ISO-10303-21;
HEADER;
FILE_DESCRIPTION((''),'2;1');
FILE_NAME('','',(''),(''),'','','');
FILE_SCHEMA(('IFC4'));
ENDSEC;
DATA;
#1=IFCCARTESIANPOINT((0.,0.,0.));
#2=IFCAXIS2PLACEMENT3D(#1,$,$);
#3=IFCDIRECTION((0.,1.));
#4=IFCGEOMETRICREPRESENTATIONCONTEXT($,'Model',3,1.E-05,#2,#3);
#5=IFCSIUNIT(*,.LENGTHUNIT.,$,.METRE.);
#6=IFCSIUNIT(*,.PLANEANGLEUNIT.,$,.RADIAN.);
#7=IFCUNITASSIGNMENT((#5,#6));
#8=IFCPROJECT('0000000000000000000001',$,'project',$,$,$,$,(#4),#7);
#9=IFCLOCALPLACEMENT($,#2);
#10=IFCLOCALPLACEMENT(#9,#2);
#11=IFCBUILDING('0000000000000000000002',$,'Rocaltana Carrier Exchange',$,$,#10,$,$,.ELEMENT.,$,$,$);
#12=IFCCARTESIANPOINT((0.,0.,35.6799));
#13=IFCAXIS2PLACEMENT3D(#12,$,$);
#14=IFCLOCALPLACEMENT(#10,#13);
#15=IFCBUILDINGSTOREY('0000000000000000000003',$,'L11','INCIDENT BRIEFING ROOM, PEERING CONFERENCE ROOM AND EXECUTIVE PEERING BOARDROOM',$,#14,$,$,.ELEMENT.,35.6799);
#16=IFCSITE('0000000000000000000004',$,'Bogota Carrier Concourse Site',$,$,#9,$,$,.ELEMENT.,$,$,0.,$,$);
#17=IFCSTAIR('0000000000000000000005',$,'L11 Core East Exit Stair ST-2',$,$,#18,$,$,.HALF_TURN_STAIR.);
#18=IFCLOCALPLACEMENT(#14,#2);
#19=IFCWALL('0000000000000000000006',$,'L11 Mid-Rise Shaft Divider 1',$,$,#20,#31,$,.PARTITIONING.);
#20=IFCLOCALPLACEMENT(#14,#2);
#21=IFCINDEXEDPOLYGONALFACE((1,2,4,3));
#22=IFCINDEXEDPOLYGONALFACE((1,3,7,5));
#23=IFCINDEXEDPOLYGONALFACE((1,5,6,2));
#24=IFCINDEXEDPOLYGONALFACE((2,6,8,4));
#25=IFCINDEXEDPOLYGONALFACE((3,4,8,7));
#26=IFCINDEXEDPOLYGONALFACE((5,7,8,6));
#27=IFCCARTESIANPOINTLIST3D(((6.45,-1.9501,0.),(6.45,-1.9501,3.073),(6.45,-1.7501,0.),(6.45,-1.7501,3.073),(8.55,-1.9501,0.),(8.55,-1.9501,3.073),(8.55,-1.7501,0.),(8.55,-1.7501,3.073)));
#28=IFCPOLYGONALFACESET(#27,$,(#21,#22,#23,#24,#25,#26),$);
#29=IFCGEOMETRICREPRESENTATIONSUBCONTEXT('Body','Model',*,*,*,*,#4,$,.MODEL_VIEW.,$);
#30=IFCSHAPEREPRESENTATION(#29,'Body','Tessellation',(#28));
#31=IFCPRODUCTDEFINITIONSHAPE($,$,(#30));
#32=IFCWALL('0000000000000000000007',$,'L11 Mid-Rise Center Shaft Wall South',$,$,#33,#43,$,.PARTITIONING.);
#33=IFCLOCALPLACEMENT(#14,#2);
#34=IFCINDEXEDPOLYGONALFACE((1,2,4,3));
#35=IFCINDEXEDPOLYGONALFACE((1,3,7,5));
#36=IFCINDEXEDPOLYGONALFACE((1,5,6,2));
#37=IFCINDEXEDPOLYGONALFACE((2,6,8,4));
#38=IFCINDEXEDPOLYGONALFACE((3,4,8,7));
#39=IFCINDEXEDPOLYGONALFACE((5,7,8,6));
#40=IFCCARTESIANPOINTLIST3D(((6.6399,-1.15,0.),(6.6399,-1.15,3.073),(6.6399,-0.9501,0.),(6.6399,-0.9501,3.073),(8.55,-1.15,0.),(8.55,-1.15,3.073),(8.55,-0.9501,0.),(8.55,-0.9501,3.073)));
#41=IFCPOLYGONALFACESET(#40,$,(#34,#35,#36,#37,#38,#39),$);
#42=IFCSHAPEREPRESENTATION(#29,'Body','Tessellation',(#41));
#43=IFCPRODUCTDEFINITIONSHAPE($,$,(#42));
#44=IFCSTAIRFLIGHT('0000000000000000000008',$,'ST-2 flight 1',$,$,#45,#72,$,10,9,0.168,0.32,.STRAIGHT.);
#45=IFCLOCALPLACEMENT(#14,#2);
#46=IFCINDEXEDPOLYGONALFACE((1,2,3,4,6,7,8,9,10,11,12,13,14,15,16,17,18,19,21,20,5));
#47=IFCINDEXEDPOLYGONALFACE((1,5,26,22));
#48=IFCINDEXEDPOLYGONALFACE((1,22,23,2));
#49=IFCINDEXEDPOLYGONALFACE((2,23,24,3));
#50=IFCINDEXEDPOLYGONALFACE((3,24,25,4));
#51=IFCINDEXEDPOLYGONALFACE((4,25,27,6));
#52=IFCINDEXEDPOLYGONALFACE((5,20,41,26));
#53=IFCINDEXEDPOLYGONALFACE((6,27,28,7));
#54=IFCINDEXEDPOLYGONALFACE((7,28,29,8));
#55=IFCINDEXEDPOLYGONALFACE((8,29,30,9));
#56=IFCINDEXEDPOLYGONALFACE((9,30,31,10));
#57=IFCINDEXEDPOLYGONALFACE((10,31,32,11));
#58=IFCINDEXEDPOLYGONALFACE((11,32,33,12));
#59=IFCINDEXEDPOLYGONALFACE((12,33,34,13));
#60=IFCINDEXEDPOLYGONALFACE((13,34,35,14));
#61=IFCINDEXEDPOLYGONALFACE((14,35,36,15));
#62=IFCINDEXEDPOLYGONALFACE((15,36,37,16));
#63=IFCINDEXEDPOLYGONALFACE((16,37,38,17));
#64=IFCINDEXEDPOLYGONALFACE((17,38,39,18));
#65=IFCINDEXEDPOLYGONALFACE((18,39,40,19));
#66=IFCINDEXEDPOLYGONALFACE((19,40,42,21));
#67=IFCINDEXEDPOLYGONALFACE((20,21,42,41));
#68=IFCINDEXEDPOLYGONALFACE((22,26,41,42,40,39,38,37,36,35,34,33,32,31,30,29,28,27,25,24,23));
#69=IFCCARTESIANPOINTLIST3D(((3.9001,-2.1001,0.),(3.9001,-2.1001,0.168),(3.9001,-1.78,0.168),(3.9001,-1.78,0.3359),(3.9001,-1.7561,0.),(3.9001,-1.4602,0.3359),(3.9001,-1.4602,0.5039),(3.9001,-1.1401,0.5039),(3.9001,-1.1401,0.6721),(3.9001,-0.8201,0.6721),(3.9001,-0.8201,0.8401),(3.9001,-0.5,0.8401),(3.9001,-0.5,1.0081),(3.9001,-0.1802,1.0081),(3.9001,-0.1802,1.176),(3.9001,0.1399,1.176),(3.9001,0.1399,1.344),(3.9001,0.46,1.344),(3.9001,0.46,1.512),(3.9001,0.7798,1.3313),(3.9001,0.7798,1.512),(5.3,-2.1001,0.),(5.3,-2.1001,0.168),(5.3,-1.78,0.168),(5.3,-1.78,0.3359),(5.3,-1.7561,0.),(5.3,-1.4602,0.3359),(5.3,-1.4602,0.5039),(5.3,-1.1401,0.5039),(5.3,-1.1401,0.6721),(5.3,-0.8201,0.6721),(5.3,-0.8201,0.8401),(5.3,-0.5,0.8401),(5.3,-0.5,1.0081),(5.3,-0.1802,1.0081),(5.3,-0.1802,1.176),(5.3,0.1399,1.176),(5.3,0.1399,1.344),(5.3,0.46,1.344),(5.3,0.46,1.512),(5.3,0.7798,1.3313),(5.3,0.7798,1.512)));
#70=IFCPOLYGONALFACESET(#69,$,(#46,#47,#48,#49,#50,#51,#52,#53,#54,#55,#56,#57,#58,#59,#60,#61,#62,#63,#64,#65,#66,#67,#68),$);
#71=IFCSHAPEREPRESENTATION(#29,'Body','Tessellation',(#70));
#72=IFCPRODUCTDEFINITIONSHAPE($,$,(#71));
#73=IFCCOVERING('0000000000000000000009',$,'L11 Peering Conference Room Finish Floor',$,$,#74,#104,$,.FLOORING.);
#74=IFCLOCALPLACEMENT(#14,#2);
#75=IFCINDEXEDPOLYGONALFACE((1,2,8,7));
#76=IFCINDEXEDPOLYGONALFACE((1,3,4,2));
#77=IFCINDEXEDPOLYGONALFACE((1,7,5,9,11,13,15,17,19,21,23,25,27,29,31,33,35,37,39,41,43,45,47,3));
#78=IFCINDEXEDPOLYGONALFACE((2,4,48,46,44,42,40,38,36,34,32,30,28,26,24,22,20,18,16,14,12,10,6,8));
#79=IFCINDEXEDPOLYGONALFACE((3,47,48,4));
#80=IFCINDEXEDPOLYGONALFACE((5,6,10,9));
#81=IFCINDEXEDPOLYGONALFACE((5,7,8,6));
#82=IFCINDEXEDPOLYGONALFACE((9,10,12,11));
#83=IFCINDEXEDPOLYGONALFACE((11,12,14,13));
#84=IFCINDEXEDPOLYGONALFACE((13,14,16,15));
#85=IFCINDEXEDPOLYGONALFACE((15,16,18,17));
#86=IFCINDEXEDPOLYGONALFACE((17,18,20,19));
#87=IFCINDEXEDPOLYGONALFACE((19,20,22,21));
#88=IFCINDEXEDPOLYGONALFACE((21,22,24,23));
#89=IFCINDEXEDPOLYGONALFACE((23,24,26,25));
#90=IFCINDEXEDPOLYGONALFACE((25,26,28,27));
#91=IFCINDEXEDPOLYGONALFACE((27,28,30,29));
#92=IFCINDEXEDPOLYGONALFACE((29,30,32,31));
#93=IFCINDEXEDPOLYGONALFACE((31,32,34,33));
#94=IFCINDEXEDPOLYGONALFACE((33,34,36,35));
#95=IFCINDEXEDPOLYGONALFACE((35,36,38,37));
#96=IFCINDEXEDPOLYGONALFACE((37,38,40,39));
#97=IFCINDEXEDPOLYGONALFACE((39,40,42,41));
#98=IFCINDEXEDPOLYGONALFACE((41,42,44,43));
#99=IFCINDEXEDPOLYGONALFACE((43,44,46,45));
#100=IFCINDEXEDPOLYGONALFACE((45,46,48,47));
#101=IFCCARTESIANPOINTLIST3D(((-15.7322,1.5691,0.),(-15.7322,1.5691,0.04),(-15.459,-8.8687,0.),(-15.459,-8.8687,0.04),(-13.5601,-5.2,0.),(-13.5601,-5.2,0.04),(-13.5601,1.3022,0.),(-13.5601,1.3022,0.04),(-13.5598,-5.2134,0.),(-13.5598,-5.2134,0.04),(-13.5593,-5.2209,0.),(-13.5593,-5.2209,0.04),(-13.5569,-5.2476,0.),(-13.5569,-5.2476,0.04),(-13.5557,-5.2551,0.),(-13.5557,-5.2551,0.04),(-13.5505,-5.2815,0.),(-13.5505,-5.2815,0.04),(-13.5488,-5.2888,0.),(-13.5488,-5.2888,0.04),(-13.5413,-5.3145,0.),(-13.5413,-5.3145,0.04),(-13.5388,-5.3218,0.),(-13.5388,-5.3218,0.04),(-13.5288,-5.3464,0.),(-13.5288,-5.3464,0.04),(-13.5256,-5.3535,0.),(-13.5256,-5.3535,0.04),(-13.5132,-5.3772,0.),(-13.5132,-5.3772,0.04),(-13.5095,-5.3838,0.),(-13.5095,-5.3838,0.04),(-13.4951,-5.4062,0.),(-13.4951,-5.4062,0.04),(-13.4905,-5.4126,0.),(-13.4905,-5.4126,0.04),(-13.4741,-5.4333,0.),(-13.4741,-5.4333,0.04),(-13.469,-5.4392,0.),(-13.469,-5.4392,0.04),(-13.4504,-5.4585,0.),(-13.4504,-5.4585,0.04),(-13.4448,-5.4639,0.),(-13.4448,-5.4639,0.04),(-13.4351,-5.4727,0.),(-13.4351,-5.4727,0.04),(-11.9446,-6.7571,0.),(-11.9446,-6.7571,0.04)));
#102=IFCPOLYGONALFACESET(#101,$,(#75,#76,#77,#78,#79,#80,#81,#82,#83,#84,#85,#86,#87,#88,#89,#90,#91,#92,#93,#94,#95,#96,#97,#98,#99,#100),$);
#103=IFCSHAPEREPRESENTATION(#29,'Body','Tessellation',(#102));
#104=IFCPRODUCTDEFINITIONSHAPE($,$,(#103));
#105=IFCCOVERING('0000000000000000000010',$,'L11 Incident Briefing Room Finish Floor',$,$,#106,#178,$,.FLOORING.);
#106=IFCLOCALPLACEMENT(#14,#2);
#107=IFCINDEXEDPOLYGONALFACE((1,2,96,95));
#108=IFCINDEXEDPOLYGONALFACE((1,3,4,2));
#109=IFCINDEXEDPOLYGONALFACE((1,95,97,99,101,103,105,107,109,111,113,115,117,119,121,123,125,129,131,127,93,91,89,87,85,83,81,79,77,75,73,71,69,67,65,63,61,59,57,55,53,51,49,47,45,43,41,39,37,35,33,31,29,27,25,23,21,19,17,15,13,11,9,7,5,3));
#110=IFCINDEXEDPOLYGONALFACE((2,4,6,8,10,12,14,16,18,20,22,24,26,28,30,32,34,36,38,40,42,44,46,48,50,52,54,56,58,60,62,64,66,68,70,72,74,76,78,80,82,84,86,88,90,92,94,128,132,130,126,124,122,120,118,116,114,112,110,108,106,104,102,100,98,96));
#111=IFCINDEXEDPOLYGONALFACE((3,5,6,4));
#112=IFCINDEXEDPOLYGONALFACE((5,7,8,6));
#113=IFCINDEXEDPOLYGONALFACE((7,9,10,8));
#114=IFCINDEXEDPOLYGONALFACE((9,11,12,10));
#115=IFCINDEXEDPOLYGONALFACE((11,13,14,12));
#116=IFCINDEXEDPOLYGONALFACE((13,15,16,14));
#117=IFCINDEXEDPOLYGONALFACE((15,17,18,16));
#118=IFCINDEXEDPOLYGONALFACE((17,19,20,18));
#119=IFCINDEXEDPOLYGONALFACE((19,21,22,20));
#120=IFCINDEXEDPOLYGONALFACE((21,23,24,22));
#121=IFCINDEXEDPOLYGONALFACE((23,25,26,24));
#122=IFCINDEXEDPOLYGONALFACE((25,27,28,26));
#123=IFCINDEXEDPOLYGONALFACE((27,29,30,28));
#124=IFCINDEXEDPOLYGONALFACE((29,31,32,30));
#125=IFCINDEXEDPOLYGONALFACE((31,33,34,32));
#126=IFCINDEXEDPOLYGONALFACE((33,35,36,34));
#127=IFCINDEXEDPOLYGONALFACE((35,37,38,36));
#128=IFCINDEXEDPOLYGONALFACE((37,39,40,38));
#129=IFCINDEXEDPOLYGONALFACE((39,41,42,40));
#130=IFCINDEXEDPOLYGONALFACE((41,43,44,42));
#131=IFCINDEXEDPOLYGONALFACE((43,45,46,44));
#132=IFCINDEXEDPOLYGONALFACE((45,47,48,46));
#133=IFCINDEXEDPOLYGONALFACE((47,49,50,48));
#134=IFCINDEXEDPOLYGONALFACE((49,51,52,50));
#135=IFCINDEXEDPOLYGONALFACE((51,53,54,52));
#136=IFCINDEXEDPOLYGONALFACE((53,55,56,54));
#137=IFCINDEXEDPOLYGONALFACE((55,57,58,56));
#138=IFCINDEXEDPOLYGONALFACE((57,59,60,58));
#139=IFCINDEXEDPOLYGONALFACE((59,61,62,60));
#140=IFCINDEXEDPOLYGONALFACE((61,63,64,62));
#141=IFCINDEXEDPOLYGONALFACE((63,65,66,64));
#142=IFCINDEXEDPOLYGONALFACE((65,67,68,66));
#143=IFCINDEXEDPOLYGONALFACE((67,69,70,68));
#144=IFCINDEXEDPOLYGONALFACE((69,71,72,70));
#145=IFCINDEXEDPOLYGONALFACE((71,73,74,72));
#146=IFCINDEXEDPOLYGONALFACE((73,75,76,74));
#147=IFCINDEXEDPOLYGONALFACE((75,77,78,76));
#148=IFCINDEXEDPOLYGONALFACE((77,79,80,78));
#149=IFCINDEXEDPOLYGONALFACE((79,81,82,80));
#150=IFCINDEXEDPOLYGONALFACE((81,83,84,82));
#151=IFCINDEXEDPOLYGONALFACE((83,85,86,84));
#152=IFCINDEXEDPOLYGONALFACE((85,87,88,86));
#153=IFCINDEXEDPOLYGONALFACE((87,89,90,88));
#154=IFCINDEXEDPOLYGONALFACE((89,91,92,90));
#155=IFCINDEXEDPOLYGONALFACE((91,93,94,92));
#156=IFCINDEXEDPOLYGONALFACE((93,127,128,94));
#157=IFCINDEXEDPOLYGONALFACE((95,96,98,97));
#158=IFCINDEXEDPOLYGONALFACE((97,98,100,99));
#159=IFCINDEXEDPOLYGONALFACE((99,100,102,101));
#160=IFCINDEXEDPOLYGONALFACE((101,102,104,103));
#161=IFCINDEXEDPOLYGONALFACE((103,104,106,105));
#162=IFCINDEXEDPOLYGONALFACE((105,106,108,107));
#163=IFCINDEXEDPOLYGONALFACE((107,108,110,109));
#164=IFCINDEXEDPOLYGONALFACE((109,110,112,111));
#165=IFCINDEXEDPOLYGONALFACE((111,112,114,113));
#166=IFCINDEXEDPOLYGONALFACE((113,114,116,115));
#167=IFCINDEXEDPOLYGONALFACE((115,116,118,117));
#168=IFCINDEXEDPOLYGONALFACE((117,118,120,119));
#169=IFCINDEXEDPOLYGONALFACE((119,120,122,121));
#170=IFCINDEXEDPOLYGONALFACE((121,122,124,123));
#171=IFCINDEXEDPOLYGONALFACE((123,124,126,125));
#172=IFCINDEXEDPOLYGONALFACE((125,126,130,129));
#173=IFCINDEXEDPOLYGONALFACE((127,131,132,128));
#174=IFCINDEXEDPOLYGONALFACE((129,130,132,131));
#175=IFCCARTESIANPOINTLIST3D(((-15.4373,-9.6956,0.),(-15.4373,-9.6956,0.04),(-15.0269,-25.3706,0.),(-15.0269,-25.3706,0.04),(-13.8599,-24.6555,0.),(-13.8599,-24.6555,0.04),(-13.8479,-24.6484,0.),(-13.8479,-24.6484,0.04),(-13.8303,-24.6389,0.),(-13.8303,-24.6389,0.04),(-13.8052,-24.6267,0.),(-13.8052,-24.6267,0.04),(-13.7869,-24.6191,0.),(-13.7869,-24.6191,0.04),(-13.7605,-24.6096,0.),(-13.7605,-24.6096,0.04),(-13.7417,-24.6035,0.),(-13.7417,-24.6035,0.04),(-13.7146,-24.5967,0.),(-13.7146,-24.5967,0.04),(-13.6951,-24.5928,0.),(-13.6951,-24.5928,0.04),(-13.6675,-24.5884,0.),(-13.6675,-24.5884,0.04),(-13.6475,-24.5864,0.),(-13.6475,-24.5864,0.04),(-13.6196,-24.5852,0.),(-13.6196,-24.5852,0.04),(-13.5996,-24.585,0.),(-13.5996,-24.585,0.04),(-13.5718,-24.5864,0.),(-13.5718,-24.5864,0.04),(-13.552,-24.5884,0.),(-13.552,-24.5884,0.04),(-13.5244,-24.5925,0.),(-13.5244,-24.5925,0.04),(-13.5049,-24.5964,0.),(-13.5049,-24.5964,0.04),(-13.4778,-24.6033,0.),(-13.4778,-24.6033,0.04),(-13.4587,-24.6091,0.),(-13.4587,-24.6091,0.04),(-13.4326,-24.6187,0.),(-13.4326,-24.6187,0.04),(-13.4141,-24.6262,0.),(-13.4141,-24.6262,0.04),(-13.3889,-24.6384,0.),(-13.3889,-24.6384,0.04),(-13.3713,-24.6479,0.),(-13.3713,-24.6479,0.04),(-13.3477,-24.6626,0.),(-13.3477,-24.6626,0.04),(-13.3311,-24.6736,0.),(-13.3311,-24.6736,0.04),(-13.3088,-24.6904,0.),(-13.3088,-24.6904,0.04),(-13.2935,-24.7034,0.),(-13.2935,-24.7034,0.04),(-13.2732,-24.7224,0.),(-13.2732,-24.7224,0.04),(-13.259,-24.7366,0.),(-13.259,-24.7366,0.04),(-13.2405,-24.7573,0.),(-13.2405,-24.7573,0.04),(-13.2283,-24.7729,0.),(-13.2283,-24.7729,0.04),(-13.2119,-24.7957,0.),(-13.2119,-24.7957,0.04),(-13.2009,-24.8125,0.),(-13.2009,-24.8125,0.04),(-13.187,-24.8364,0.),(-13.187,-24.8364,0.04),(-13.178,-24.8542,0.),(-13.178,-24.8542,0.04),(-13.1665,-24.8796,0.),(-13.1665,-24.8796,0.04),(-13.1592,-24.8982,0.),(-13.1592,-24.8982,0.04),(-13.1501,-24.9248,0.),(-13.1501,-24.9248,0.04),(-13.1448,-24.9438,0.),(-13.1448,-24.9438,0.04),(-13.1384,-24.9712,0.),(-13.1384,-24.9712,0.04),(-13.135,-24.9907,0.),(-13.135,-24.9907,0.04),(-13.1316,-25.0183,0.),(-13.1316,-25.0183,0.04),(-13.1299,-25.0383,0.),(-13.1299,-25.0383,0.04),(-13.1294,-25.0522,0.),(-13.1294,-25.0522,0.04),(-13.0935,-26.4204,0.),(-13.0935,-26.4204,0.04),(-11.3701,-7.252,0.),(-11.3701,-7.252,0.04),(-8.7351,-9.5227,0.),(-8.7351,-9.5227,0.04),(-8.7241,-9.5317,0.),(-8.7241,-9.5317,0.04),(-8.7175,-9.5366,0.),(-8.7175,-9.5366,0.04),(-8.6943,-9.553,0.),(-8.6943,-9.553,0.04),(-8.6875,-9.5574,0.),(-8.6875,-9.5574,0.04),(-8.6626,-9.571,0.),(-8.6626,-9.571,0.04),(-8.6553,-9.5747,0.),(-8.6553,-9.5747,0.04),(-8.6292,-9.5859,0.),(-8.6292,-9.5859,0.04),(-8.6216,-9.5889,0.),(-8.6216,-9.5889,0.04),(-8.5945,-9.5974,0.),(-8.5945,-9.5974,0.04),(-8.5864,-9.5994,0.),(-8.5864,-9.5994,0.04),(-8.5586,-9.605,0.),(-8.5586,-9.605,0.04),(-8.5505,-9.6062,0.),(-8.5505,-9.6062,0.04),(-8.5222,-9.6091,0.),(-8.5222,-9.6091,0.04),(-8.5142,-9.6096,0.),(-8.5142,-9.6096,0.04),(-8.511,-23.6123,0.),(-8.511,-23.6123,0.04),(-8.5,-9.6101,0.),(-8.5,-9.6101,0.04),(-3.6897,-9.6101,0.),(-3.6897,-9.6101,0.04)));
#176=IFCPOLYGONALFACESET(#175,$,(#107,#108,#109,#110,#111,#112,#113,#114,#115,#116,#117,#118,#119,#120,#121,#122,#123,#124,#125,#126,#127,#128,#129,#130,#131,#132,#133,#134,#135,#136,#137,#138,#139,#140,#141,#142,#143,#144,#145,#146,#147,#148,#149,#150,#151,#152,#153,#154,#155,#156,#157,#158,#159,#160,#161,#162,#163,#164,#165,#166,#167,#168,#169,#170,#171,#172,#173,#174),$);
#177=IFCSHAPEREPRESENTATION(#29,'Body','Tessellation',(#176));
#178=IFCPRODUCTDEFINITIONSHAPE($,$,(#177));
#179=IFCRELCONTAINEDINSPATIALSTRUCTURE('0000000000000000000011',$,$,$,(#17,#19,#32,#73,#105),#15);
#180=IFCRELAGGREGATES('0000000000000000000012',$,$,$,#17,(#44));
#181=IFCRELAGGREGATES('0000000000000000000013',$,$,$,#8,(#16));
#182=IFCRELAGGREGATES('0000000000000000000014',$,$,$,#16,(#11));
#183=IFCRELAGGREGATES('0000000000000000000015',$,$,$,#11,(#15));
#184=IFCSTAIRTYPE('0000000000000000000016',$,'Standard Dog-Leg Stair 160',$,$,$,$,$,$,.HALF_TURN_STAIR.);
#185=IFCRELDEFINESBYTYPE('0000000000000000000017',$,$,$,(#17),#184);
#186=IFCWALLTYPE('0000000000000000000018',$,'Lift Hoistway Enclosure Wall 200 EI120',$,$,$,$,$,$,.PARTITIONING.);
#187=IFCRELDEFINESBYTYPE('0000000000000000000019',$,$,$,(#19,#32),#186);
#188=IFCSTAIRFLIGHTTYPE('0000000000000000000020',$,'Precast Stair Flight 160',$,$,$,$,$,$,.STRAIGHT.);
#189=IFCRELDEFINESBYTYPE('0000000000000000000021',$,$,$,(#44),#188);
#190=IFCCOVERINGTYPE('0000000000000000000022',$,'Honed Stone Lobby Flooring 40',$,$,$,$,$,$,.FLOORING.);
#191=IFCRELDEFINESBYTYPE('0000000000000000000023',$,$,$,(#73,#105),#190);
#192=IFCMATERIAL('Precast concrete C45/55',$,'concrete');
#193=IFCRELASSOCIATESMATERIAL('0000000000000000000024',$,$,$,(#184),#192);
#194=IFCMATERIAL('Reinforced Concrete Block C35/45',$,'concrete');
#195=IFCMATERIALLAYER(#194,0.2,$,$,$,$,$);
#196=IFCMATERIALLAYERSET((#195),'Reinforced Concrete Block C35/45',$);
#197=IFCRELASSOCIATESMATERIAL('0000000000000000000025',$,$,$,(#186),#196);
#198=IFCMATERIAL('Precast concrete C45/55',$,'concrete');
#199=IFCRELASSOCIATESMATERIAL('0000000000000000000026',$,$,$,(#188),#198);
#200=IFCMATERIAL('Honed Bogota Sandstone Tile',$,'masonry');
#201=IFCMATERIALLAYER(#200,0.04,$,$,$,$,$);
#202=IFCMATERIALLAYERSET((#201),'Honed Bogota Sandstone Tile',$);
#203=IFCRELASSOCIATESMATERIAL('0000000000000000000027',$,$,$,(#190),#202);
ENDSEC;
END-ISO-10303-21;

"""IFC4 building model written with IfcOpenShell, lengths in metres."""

from ifc_helpers import new_model, si_unit, direction, frame, frame_2d, origin, place, context, subcontext, project, spatial, polyline, rectangle, outline, extrude, material, layer, layer_set, type_object, element, aggregate, save


model = new_model("IFC4")

# Units and contexts
model_context = context("Model", 3, precision=1e-05, world=origin(), true_north=direction((0.0, 1.0)))
body_context = subcontext(model_context, "Body", "Model", "MODEL_VIEW")
ifc_project = project(units=[si_unit("LENGTHUNIT", "METRE"), si_unit("PLANEANGLEUNIT", "RADIAN")], contexts=[model_context])

# Site, building, storey
site_placement = place(None, origin())
site = spatial("IfcSite", under=ifc_project, at=site_placement, Name="Bogota Carrier Concourse Site", CompositionType="ELEMENT", RefElevation=0.0)
building_placement = place(site_placement, origin())
building = spatial("IfcBuilding", under=site, at=building_placement, Name="Rocaltana Carrier Exchange", CompositionType="ELEMENT")
storey_placement = place(building_placement, frame((0.0, 0.0, 35.6799)))
storey = spatial("IfcBuildingStorey", under=building, at=storey_placement, Name="L11", Description="INCIDENT BRIEFING ROOM, PEERING CONFERENCE ROOM AND EXECUTIVE PEERING BOARDROOM", CompositionType="ELEMENT", Elevation=35.6799)

# Stair
ifc_material_1 = material(Name="Precast concrete C45/55", Category="concrete")
stair_type = type_object("IfcStairType", Name="Standard Dog-Leg Stair 160", PredefinedType="HALF_TURN_STAIR", material=ifc_material_1)
stair_1_placement = place(storey_placement, origin())
stair_1 = element("IfcStair", 1, at=stair_1_placement, inside=storey, type_object=stair_type, Name="L11 Core East Exit Stair ST-2", PredefinedType="HALF_TURN_STAIR")

# Walls
ifc_material_2 = material(Name="Reinforced Concrete Block C35/45", Category="concrete")
ifc_layer_1 = layer(ifc_material_2, 0.2)
ifc_layer_set_1 = layer_set([ifc_layer_1], Name="Reinforced Concrete Block C35/45")
wall_type = type_object("IfcWallType", Name="Lift Hoistway Enclosure Wall 200 EI120", PredefinedType="PARTITIONING", material=ifc_layer_set_1)
wall_1_placement = place(storey_placement, frame((6.45, -1.8501, 0.0), z_axis=(0.0, 0.0, 1.0), x_axis=(1.0, 0.0, 0.0)))
element("IfcWall", 2, at=wall_1_placement, inside=storey, type_object=wall_type, Name="L11 Mid-Rise Shaft Divider 1", PredefinedType="PARTITIONING", context=body_context, shape_type="SweptSolid", body=[
    extrude(rectangle(XDim=2.1001, YDim=0.2, at=frame_2d((1.05, 0.0))), origin(), (0.0, 0.0, 1.0), 3.073),
])
wall_2_placement = place(storey_placement, frame((6.6399, -1.05, 0.0), z_axis=(0.0, 0.0, 1.0), x_axis=(1.0, 0.0, 0.0)))
element("IfcWall", 3, at=wall_2_placement, inside=storey, type_object=wall_type, Name="L11 Mid-Rise Center Shaft Wall South", PredefinedType="PARTITIONING", context=body_context, shape_type="SweptSolid", body=[
    extrude(rectangle(XDim=1.9102, YDim=0.2, at=frame_2d((0.9551, 0.0))), origin(), (0.0, 0.0, 1.0), 3.073),
])

# Stair flight
ifc_material_3 = material(Name="Precast concrete C45/55", Category="concrete")
stair_flight_type = type_object("IfcStairFlightType", Name="Precast Stair Flight 160", PredefinedType="STRAIGHT", material=ifc_material_3)
stair_flight_placement = place(storey_placement, frame((4.6001, -2.1001, 0.0), z_axis=(0.0, 0.0, 1.0), x_axis=(0.0, 1.0, 0.0)))
stair_flight = element("IfcStairFlight", 4, at=stair_flight_placement, type_object=stair_flight_type, Name="ST-2 flight 1", NumberOfRisers=10, NumberOfTreads=9, PredefinedType="STRAIGHT", RiserHeight=0.168, TreadLength=0.32, context=body_context, shape_type="SweptSolid", body=[
    extrude(outline(polyline([(0.0, 0.0), (0.0, 0.168), (0.3201, 0.168), (0.3201, 0.3359), (0.6399, 0.3359), (0.6399, 0.5039), (0.96, 0.5039), (0.96, 0.6721), (1.28, 0.6721), (1.28, 0.8401), (1.6001, 0.8401), (1.6001, 1.0081), (1.9199, 1.0081), (1.9199, 1.176), (2.24, 1.176), (2.24, 1.344), (2.5601, 1.344), (2.5601, 1.512), (2.8799, 1.512), (2.8799, 1.6799), (2.8799, 1.3313), (0.344, 0.0), (0.0, 0.0)])), frame((0.0, 0.7, 0.0), z_axis=(0.0, -1.0, 0.0), x_axis=(1.0, 0.0, 0.0)), (0.0, 0.0, 1.0), 1.3999),
])
aggregate(stair_1, [stair_flight])

# Coverings
ifc_material_4 = material(Name="Honed Bogota Sandstone Tile", Category="masonry")
ifc_layer_2 = layer(ifc_material_4, 0.04)
ifc_layer_set_2 = layer_set([ifc_layer_2], Name="Honed Bogota Sandstone Tile")
covering_type_1 = type_object("IfcCoveringType", Name="Honed Stone Lobby Flooring 40", PredefinedType="FLOORING", material=ifc_layer_set_2)
covering_1_placement = place(storey_placement, origin())
element("IfcCovering", 5, at=covering_1_placement, inside=storey, type_object=covering_type_1, Name="L11 Peering Conference Room Finish Floor", PredefinedType="FLOORING", context=body_context, shape_type="SweptSolid", body=[
    extrude(outline(polyline([(-15.7322, 1.5691), (-13.5601, 1.3022), (-13.5601, -5.2), (-13.5598, -5.2134), (-13.5593, -5.2209), (-13.5569, -5.2476), (-13.5557, -5.2551), (-13.5505, -5.2815), (-13.5488, -5.2888), (-13.5413, -5.3145), (-13.5388, -5.3218), (-13.5288, -5.3464), (-13.5256, -5.3535), (-13.5132, -5.3772), (-13.5095, -5.3838), (-13.4951, -5.4062), (-13.4905, -5.4126), (-13.4741, -5.4333), (-13.469, -5.4392), (-13.4504, -5.4585), (-13.4448, -5.4639), (-13.4351, -5.4727), (-11.9446, -6.7571), (-15.459, -8.8687), (-15.7322, 1.5691)])), origin(), (0.0, 0.0, 1.0), 0.04),
])
covering_2_placement = place(storey_placement, origin())
element("IfcCovering", 6, at=covering_2_placement, inside=storey, type_object=covering_type_1, Name="L11 Incident Briefing Room Finish Floor", PredefinedType="FLOORING", context=body_context, shape_type="SweptSolid", body=[
    extrude(outline(polyline([(-13.1294, -25.0522), (-13.1299, -25.0383), (-13.1316, -25.0183), (-13.135, -24.9907), (-13.1384, -24.9712), (-13.1448, -24.9438), (-13.1501, -24.9248), (-13.1592, -24.8982), (-13.1665, -24.8796), (-13.178, -24.8542), (-13.187, -24.8364), (-13.2009, -24.8125), (-13.2119, -24.7957), (-13.2283, -24.7729), (-13.2405, -24.7573), (-13.259, -24.7366), (-13.2732, -24.7224), (-13.2935, -24.7034), (-13.3088, -24.6904), (-13.3311, -24.6736), (-13.3477, -24.6626), (-13.3713, -24.6479), (-13.3889, -24.6384), (-13.4141, -24.6262), (-13.4326, -24.6187), (-13.4587, -24.6091), (-13.4778, -24.6033), (-13.5049, -24.5964), (-13.5244, -24.5925), (-13.552, -24.5884), (-13.5718, -24.5864), (-13.5996, -24.585), (-13.6196, -24.5852), (-13.6475, -24.5864), (-13.6675, -24.5884), (-13.6951, -24.5928), (-13.7146, -24.5967), (-13.7417, -24.6035), (-13.7605, -24.6096), (-13.7869, -24.6191), (-13.8052, -24.6267), (-13.8303, -24.6389), (-13.8479, -24.6484), (-13.8599, -24.6555), (-15.0269, -25.3706), (-15.4373, -9.6956), (-11.3701, -7.252), (-8.7351, -9.5227), (-8.7241, -9.5317), (-8.7175, -9.5366), (-8.6943, -9.553), (-8.6875, -9.5574), (-8.6626, -9.571), (-8.6553, -9.5747), (-8.6292, -9.5859), (-8.6216, -9.5889), (-8.5945, -9.5974), (-8.5864, -9.5994), (-8.5586, -9.605), (-8.5505, -9.6062), (-8.5222, -9.6091), (-8.5142, -9.6096), (-8.5, -9.6101), (-3.6897, -9.6101), (-8.511, -23.6123), (-13.0935, -26.4204), (-13.1294, -25.0522)])), origin(), (0.0, 0.0, 1.0), 0.04),
])

save(model, "model.ifc")
